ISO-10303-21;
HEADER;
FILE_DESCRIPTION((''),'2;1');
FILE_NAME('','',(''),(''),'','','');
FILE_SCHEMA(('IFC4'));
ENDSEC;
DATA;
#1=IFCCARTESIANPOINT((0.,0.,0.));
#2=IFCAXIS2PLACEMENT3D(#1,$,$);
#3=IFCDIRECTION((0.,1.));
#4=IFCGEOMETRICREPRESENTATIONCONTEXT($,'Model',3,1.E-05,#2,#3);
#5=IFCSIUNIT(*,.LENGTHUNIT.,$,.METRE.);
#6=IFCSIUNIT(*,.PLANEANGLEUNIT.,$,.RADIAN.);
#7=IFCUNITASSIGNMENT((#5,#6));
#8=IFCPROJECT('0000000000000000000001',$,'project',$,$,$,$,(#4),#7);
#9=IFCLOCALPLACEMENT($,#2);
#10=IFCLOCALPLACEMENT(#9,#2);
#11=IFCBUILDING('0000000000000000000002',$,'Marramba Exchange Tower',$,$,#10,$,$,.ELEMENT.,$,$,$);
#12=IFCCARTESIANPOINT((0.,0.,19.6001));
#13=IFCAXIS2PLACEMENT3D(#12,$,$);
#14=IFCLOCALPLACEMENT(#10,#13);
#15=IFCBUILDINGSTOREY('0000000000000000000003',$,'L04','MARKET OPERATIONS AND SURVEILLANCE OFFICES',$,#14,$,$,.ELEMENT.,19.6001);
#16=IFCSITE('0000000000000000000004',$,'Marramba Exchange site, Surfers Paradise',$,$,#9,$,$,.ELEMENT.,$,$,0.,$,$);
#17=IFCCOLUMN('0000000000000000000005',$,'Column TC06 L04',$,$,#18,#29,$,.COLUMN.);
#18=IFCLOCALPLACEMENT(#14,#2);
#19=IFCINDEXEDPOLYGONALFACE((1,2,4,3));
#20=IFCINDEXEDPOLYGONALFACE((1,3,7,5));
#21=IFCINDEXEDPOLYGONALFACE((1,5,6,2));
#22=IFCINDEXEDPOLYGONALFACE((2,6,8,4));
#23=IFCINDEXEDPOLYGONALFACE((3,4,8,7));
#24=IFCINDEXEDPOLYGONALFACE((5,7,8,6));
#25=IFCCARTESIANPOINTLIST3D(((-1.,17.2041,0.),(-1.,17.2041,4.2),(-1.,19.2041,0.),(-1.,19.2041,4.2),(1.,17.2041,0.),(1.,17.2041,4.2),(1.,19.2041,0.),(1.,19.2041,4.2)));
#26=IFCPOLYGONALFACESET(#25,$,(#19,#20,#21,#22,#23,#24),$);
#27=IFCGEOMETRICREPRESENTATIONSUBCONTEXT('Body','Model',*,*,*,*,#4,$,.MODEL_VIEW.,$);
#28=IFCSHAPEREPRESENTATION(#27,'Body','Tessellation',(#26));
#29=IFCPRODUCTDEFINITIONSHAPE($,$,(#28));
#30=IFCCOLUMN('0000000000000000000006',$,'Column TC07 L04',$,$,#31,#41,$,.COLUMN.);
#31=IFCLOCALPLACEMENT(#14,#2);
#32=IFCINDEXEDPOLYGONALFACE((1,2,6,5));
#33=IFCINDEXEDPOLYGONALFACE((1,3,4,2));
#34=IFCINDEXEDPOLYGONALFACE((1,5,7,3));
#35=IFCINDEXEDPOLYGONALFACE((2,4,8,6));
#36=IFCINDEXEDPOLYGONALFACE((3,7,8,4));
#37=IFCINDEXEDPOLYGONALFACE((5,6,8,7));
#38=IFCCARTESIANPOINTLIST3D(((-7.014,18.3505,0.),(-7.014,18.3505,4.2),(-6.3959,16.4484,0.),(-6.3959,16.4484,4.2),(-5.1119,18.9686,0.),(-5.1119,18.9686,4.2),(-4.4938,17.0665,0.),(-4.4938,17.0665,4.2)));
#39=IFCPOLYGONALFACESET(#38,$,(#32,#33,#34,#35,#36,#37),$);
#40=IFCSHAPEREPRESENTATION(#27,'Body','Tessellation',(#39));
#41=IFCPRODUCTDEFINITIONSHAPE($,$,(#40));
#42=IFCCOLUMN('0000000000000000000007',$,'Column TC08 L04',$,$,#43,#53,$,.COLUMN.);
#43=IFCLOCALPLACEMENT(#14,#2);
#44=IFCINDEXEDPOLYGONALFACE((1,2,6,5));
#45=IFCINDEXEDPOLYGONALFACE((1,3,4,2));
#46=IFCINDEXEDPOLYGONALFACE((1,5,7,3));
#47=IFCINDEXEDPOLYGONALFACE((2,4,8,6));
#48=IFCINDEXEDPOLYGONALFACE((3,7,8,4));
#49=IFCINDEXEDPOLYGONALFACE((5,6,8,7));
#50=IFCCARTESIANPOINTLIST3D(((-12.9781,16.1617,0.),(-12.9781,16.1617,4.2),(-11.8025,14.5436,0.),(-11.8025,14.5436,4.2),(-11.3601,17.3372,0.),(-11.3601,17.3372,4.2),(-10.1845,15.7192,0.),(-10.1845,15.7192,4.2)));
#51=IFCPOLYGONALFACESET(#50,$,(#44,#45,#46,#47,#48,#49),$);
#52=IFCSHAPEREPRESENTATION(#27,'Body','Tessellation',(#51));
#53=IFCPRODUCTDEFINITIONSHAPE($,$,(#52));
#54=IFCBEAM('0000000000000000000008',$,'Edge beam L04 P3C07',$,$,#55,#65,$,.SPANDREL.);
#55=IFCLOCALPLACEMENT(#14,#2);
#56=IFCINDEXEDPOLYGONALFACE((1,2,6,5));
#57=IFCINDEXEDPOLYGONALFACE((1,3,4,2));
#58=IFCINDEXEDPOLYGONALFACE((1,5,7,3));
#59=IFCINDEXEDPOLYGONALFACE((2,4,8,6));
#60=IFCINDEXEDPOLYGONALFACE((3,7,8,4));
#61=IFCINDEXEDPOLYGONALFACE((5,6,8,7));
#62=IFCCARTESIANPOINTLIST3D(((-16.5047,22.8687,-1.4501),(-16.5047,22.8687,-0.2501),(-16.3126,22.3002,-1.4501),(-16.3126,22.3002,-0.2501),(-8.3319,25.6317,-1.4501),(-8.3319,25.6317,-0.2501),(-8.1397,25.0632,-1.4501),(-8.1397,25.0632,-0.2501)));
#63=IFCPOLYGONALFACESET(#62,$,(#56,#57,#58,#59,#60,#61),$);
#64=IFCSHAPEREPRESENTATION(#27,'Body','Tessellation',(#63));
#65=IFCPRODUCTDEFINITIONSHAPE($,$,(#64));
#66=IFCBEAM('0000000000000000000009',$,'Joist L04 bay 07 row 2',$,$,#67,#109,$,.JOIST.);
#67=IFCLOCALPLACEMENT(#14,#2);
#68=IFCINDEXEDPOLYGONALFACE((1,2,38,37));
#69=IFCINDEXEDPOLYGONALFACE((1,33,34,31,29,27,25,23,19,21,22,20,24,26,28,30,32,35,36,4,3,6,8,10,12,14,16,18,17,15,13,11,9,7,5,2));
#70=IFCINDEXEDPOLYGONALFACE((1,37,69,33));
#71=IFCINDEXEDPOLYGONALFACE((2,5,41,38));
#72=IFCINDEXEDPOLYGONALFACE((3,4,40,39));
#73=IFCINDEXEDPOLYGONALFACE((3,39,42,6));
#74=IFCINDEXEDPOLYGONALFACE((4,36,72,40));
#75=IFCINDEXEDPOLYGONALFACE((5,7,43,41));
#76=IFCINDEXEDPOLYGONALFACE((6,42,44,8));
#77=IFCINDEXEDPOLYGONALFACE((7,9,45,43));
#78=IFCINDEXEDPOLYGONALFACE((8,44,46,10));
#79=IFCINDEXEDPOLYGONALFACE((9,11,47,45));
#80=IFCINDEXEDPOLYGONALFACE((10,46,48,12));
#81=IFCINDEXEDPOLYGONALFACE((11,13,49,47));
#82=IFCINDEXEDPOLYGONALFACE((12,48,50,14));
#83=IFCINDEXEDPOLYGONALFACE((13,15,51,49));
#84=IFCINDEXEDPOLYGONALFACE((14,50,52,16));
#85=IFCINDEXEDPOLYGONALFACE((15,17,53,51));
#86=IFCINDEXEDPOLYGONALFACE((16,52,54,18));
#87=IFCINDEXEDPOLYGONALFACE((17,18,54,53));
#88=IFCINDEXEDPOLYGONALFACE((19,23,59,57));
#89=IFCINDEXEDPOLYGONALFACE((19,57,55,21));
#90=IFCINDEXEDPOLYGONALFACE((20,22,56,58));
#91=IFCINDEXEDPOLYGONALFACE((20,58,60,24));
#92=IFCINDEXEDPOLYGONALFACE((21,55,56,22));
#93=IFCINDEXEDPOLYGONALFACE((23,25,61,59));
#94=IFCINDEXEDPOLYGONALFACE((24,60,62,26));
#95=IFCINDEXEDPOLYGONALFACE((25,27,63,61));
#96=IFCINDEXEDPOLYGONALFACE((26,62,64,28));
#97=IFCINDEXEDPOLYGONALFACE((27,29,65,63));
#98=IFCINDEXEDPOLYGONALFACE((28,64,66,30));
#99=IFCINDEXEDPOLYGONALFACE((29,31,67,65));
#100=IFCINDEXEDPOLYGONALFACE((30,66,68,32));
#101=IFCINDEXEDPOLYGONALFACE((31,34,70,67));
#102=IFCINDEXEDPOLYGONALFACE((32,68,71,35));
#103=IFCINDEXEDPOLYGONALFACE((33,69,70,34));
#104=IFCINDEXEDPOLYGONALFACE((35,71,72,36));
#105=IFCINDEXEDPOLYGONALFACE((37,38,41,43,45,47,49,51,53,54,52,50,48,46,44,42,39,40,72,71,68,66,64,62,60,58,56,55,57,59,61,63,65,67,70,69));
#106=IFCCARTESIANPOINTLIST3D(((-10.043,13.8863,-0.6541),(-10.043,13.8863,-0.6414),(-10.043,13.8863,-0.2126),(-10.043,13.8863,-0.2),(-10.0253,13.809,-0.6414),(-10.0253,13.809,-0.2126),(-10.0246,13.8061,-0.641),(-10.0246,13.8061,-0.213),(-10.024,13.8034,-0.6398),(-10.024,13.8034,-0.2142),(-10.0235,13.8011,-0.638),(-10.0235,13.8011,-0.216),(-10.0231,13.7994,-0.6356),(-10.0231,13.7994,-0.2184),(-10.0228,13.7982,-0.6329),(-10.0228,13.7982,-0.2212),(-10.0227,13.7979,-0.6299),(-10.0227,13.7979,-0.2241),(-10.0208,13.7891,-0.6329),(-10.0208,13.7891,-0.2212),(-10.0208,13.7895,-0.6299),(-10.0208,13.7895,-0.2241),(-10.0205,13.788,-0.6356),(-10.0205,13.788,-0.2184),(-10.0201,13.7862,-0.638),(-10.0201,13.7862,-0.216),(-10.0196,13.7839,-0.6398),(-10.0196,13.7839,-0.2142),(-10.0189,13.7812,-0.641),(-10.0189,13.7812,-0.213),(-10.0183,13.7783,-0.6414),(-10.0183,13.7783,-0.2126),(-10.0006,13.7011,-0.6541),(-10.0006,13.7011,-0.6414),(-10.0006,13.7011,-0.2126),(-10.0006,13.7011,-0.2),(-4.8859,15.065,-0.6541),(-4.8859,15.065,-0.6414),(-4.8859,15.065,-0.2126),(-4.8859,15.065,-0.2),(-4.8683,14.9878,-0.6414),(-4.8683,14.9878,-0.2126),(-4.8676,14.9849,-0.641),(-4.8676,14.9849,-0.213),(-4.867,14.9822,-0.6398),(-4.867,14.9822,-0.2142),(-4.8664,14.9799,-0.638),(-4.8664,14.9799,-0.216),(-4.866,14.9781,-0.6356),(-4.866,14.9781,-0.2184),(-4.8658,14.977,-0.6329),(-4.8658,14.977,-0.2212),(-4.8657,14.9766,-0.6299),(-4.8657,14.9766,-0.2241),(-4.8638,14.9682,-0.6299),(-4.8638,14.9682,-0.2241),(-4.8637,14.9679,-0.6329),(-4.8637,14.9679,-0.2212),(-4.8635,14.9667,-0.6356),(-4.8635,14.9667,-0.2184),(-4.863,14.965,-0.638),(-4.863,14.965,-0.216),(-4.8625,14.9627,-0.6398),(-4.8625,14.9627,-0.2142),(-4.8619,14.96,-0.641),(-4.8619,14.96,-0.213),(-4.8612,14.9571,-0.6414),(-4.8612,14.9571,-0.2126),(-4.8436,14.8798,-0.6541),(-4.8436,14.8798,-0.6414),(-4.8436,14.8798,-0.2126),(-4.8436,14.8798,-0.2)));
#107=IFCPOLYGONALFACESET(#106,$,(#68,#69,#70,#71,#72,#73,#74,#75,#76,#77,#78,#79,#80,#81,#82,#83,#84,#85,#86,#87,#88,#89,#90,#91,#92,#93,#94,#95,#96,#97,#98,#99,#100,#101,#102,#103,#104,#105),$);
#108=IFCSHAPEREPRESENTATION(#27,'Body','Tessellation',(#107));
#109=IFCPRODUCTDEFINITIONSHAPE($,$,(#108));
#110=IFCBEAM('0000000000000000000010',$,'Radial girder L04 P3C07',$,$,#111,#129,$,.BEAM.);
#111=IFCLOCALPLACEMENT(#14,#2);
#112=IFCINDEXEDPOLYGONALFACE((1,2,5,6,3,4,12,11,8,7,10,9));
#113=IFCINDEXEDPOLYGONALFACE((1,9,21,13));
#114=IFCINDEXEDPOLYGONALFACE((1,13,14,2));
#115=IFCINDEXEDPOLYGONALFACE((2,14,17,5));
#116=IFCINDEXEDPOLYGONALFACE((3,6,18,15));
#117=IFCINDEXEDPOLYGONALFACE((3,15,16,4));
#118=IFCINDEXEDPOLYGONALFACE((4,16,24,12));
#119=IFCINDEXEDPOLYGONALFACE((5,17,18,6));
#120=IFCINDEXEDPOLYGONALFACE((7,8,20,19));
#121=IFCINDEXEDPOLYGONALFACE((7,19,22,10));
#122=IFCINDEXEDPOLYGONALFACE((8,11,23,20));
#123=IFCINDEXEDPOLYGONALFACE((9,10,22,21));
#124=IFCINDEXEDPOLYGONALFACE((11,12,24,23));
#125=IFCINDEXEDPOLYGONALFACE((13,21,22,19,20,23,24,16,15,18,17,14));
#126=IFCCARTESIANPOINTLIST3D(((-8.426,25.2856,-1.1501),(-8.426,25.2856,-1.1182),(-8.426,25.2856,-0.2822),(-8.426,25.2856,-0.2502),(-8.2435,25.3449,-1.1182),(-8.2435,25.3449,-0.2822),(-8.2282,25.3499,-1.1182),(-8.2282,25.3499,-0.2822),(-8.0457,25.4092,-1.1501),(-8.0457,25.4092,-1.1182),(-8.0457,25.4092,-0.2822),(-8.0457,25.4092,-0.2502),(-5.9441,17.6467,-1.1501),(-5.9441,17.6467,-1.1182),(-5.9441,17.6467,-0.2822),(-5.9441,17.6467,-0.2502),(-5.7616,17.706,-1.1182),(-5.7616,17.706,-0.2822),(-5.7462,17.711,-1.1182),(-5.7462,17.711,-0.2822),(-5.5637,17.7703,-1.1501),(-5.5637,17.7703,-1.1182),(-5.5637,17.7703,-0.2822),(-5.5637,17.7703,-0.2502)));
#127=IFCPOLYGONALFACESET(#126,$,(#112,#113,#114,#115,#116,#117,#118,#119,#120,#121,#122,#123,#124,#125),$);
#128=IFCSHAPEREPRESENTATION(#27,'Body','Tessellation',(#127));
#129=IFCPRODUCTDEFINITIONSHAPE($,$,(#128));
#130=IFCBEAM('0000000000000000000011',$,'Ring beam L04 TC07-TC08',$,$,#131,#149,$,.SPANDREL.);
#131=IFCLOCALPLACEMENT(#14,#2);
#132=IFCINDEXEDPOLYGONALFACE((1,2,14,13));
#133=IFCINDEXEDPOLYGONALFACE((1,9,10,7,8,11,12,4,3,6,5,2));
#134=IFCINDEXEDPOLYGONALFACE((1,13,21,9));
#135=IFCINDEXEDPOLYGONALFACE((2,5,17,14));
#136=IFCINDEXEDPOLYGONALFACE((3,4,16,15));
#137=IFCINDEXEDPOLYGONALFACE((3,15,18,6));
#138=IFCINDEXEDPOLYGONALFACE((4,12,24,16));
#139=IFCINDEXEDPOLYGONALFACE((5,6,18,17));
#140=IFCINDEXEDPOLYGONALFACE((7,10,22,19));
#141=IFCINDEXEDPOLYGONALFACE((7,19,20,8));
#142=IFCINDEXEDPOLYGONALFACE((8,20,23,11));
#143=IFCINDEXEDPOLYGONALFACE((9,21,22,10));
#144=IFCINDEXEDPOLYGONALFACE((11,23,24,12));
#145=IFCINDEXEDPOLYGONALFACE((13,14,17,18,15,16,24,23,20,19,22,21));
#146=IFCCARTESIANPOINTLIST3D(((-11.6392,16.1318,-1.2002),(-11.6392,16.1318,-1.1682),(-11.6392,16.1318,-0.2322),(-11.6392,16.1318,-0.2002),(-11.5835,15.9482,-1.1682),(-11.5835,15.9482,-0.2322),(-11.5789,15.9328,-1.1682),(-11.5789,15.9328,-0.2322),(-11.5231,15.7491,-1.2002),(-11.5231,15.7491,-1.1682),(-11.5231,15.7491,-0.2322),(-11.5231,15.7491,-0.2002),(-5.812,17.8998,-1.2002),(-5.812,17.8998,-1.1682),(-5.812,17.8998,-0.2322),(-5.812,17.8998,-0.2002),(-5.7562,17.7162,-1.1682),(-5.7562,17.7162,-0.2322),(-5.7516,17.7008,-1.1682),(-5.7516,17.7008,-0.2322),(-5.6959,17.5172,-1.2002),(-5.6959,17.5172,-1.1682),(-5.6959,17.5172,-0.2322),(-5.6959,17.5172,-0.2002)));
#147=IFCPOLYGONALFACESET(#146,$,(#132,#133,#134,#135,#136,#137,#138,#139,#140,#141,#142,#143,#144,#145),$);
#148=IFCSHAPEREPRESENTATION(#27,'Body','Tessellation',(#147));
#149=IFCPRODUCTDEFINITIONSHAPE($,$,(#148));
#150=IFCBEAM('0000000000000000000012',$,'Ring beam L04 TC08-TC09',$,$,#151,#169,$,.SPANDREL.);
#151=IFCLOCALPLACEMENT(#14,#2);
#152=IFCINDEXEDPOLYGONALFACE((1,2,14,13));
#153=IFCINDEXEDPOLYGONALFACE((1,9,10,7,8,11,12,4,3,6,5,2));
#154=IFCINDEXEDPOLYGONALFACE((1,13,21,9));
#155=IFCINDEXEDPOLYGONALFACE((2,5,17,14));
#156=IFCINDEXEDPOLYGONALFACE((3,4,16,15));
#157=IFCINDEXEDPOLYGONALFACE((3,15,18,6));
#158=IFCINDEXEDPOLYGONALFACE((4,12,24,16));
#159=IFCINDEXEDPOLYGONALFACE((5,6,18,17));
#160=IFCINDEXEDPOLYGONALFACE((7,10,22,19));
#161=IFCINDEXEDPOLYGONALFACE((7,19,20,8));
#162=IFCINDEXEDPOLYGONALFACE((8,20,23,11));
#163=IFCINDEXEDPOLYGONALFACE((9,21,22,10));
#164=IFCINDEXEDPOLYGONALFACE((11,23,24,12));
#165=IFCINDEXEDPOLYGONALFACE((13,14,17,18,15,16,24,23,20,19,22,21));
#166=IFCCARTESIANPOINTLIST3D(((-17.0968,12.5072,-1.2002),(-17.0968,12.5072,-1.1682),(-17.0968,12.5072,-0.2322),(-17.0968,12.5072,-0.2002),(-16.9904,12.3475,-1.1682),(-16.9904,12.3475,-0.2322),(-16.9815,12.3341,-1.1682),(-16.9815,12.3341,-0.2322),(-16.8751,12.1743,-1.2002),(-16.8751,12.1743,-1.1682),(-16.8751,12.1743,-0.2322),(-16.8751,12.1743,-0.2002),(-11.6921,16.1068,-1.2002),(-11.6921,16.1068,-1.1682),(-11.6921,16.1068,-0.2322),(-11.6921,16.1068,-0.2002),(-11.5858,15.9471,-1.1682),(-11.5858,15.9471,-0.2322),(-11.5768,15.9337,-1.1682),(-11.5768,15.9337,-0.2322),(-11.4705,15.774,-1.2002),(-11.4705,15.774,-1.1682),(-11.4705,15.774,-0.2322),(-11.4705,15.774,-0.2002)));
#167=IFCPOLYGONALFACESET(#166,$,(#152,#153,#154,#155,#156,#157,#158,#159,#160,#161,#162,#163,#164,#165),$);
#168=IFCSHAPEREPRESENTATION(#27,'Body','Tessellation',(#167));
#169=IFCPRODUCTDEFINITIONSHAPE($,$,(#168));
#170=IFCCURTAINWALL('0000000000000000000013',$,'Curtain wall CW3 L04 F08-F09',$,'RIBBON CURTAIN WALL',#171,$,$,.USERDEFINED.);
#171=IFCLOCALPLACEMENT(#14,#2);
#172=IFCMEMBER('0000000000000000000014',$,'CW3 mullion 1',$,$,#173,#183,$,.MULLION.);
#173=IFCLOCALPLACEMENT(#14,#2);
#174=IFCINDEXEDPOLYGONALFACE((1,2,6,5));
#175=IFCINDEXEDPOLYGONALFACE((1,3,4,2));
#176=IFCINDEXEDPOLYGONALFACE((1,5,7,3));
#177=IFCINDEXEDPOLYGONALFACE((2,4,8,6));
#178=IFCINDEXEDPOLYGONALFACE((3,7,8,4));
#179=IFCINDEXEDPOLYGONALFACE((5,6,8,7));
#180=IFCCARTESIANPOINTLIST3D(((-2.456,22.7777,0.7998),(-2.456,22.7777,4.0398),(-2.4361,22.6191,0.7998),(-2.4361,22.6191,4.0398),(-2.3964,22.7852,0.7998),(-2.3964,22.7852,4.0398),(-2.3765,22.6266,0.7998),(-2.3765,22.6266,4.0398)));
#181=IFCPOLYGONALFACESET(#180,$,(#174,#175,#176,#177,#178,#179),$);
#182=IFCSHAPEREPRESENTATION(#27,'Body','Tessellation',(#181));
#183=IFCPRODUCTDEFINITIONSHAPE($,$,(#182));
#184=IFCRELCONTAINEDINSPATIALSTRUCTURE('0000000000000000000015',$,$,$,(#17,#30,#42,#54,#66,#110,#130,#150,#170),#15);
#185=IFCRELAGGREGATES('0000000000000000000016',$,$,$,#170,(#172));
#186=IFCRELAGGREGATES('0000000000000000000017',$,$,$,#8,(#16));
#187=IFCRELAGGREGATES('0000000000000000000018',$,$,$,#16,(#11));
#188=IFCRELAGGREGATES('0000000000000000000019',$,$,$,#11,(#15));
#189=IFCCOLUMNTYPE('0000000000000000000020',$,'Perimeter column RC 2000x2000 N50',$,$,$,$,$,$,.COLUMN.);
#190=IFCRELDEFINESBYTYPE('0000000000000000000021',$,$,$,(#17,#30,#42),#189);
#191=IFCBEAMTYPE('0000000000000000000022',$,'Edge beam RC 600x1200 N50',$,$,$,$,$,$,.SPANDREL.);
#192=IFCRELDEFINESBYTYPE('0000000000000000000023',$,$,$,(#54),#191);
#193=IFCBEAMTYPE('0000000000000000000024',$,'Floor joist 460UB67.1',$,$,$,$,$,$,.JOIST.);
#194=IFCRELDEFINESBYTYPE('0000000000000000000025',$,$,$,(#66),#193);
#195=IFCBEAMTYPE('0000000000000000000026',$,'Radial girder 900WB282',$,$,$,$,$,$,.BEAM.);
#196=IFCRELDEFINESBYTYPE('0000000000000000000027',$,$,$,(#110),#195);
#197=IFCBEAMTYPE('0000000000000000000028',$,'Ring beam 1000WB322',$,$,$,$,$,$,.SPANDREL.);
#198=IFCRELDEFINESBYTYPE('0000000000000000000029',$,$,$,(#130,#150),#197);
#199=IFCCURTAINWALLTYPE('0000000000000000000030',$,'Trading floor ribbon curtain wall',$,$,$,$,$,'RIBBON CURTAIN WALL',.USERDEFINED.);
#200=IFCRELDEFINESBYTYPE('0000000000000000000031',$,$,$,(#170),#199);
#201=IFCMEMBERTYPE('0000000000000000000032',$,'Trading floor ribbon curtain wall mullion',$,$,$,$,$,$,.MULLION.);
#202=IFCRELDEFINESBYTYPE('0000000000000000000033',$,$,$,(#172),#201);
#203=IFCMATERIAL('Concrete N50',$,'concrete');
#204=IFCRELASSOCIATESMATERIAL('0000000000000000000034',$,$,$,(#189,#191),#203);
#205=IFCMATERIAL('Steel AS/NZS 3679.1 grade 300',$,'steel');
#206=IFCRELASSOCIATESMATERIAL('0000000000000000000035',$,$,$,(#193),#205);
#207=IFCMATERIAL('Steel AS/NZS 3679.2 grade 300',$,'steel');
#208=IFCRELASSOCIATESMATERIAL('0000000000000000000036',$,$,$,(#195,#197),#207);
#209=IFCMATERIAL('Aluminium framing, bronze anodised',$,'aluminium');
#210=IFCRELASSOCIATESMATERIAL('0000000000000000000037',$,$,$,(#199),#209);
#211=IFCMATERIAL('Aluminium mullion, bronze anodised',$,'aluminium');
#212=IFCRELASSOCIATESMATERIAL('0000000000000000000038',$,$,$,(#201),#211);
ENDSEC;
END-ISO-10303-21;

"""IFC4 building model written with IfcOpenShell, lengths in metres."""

from ifc_helpers import new_model, si_unit, direction, frame, origin, origin_2d, place, context, subcontext, project, spatial, rectangle, i_section, extrude, material, material_profile, profile_set, type_object, element, aggregate, save


model = new_model("IFC4")

# Units and contexts
model_context = context("Model", 3, precision=1e-05, world=origin(), true_north=direction((0.0, 1.0)))
body_context = subcontext(model_context, "Body", "Model", "MODEL_VIEW")
ifc_project = project(units=[si_unit("LENGTHUNIT", "METRE"), si_unit("PLANEANGLEUNIT", "RADIAN")], contexts=[model_context])

# Site, building, storey
site_placement = place(None, origin())
site = spatial("IfcSite", under=ifc_project, at=site_placement, Name="Marramba Exchange site, Surfers Paradise", CompositionType="ELEMENT", RefElevation=0.0)
building_placement = place(site_placement, origin())
building = spatial("IfcBuilding", under=site, at=building_placement, Name="Marramba Exchange Tower", CompositionType="ELEMENT")
storey_placement = place(building_placement, frame((0.0, 0.0, 19.6001)))
storey = spatial("IfcBuildingStorey", under=building, at=storey_placement, Name="L04", Description="MARKET OPERATIONS AND SURVEILLANCE OFFICES", CompositionType="ELEMENT", Elevation=19.6001)

# Columns
ifc_material_1 = material(Name="Concrete N50", Category="concrete")
ifc_material_profile_1 = material_profile(ifc_material_1, rectangle(XDim=2.0, YDim=2.0, at=origin_2d()), Name="RC 2000x2000")
ifc_profile_set_1 = profile_set([ifc_material_profile_1], Name="Concrete N50")
column_type = type_object("IfcColumnType", Name="Perimeter column RC 2000x2000 N50", PredefinedType="COLUMN", material=ifc_profile_set_1)
for number, where, z_axis, x_axis, name in (
    (1, (0.0, 18.2041, 0.0), (0.0, 0.0, 1.0), (0.0, 1.0, 0.0), "Column TC06 L04"),
    (2, (-5.7539, 17.7085, 0.0), (0.0, 0.0, 1.0), (-0.309017, 0.951057, 0.0), "Column TC07 L04"),
    (3, (-11.5813, 15.9404, 0.0), (0.0, 0.0, 1.0), (-0.587785, 0.809017, 0.0), "Column TC08 L04"),
):
    element("IfcColumn", number, at=place(storey_placement, frame(where, z_axis=z_axis, x_axis=x_axis)), inside=storey, type_object=column_type, Name=name, PredefinedType="COLUMN", context=body_context, shape_type="SweptSolid", body=[
        extrude(rectangle(XDim=2.0, YDim=2.0, at=origin_2d()), origin(), (0.0, 0.0, 1.0), 4.2),
    ])

# Beams
ifc_material_profile_2 = material_profile(ifc_material_1, rectangle(XDim=0.6001, YDim=1.2, at=origin_2d()), Name="RC 600x1200")
ifc_profile_set_2 = profile_set([ifc_material_profile_2], Name="Concrete N50")
beam_type_1 = type_object("IfcBeamType", Name="Edge beam RC 600x1200 N50", PredefinedType="SPANDREL", material=ifc_profile_set_2)
beam_1_placement = place(storey_placement, frame((-8.2358, 25.3474, -0.8501), z_axis=(-0.947331, -0.320257, 0.0), x_axis=(0.320257, -0.947331, 0.0)))
element("IfcBeam", 4, at=beam_1_placement, inside=storey, type_object=beam_type_1, Name="Edge beam L04 P3C07", PredefinedType="SPANDREL", context=body_context, shape_type="SweptSolid", body=[
    extrude(rectangle(XDim=0.6001, YDim=1.2, at=origin_2d()), origin(), (0.0, 0.0, 1.0), 8.6272),
])
ifc_material_2 = material(Name="Steel AS/NZS 3679.1 grade 300", Category="steel")
ifc_material_profile_3 = material_profile(ifc_material_2, i_section(OverallWidth=0.1899, OverallDepth=0.4541, WebThickness=0.0085, FlangeThickness=0.0127, FilletRadius=0.0115, at=origin_2d()), Name="460UB67.1")
ifc_profile_set_3 = profile_set([ifc_material_profile_3], Name="Steel AS/NZS 3679.1 grade 300")
beam_type_2 = type_object("IfcBeamType", Name="Floor joist 460UB67.1", PredefinedType="JOIST", material=ifc_profile_set_3)
beam_2_placement = place(storey_placement, frame((-4.8647, 14.9724, -0.427), z_axis=(-0.97486, -0.22282, 0.0), x_axis=(0.22282, -0.97486, 0.0)))
element("IfcBeam", 5, at=beam_2_placement, inside=storey, type_object=beam_type_2, Name="Joist L04 bay 07 row 2", PredefinedType="JOIST", context=body_context, shape_type="SweptSolid", body=[
    extrude(i_section(OverallWidth=0.1899, OverallDepth=0.4541, WebThickness=0.0085, FlangeThickness=0.0127, FilletRadius=0.0115, at=origin_2d()), origin(), (0.0, 0.0, 1.0), 5.29),
])
ifc_material_3 = material(Name="Steel AS/NZS 3679.2 grade 300", Category="steel")
ifc_material_profile_4 = material_profile(ifc_material_3, i_section(OverallWidth=0.3999, OverallDepth=0.8999, WebThickness=0.0161, FlangeThickness=0.032, at=origin_2d()), Name="900WB282")
ifc_profile_set_4 = profile_set([ifc_material_profile_4], Name="Steel AS/NZS 3679.2 grade 300")
beam_type_3 = type_object("IfcBeamType", Name="Radial girder 900WB282", PredefinedType="BEAM", material=ifc_profile_set_4)
beam_3_placement = place(storey_placement, frame((-8.2358, 25.3474, -0.7002), z_axis=(0.309006, -0.95106, 0.0), x_axis=(0.95106, 0.309006, 0.0)))
element("IfcBeam", 6, at=beam_3_placement, inside=storey, type_object=beam_type_3, Name="Radial girder L04 P3C07", PredefinedType="BEAM", context=body_context, shape_type="SweptSolid", body=[
    extrude(i_section(OverallWidth=0.3999, OverallDepth=0.8999, WebThickness=0.0161, FlangeThickness=0.032, at=origin_2d()), origin(), (0.0, 0.0, 1.0), 8.032),
])
ifc_material_profile_5 = material_profile(ifc_material_3, i_section(OverallWidth=0.3999, OverallDepth=1.0, WebThickness=0.0161, FlangeThickness=0.032, at=origin_2d()), Name="1000WB322")
ifc_profile_set_5 = profile_set([ifc_material_profile_5], Name="Steel AS/NZS 3679.2 grade 300")
beam_type_4 = type_object("IfcBeamType", Name="Ring beam 1000WB322", PredefinedType="SPANDREL", material=ifc_profile_set_5)
beam_4_placement = place(storey_placement, frame((-5.7539, 17.7085, -0.7002), z_axis=(-0.956925, -0.290337, 0.0), x_axis=(0.290337, -0.956925, 0.0)))
element("IfcBeam", 7, at=beam_4_placement, inside=storey, type_object=beam_type_4, Name="Ring beam L04 TC07-TC08", PredefinedType="SPANDREL", context=body_context, shape_type="SweptSolid", body=[
    extrude(i_section(OverallWidth=0.3999, OverallDepth=1.0, WebThickness=0.0161, FlangeThickness=0.032, at=origin_2d()), origin(), (0.0, 0.0, 1.0), 6.0896),
])
beam_5_placement = place(storey_placement, frame((-11.5813, 15.9404, -0.7002), z_axis=(-0.832293, -0.554336, 0.0), x_axis=(0.554336, -0.832293, 0.0)))
element("IfcBeam", 8, at=beam_5_placement, inside=storey, type_object=beam_type_4, Name="Ring beam L04 TC08-TC09", PredefinedType="SPANDREL", context=body_context, shape_type="SweptSolid", body=[
    extrude(i_section(OverallWidth=0.3999, OverallDepth=1.0, WebThickness=0.0161, FlangeThickness=0.032, at=origin_2d()), origin(), (0.0, 0.0, 1.0), 6.4937),
])

# Curtain wall, member
ifc_material_4 = material(Name="Aluminium framing, bronze anodised", Category="aluminium")
curtain_wall_type = type_object("IfcCurtainWallType", Name="Trading floor ribbon curtain wall", ElementType="RIBBON CURTAIN WALL", PredefinedType="USERDEFINED", material=ifc_material_4)
curtain_wall_1_placement = place(storey_placement, origin())
curtain_wall_1 = element("IfcCurtainWall", 9, at=curtain_wall_1_placement, inside=storey, type_object=curtain_wall_type, Name="Curtain wall CW3 L04 F08-F09", ObjectType="RIBBON CURTAIN WALL", PredefinedType="USERDEFINED")
ifc_material_5 = material(Name="Aluminium mullion, bronze anodised", Category="aluminium")
ifc_material_profile_6 = material_profile(ifc_material_5, rectangle(XDim=0.1599, YDim=0.0601, at=origin_2d()), Name="CW3 mullion 60x160")
ifc_profile_set_6 = profile_set([ifc_material_profile_6], Name="Aluminium mullion, bronze anodised")
member_type_1 = type_object("IfcMemberType", Name="Trading floor ribbon curtain wall mullion", PredefinedType="MULLION", material=ifc_profile_set_6)
member_1_placement = place(storey_placement, frame((-2.4163, 22.7021, 0.7998), z_axis=(0.0, 0.0, 1.0), x_axis=(0.124873, -0.992173, 0.0)))
member_1 = element("IfcMember", 10, at=member_1_placement, type_object=member_type_1, Name="CW3 mullion 1", PredefinedType="MULLION", context=body_context, shape_type="SweptSolid", body=[
    extrude(rectangle(XDim=0.1599, YDim=0.0601, at=origin_2d()), origin(), (0.0, 0.0, 1.0), 3.24),
])

aggregate(curtain_wall_1, [member_1])

save(model, "model.ifc")
